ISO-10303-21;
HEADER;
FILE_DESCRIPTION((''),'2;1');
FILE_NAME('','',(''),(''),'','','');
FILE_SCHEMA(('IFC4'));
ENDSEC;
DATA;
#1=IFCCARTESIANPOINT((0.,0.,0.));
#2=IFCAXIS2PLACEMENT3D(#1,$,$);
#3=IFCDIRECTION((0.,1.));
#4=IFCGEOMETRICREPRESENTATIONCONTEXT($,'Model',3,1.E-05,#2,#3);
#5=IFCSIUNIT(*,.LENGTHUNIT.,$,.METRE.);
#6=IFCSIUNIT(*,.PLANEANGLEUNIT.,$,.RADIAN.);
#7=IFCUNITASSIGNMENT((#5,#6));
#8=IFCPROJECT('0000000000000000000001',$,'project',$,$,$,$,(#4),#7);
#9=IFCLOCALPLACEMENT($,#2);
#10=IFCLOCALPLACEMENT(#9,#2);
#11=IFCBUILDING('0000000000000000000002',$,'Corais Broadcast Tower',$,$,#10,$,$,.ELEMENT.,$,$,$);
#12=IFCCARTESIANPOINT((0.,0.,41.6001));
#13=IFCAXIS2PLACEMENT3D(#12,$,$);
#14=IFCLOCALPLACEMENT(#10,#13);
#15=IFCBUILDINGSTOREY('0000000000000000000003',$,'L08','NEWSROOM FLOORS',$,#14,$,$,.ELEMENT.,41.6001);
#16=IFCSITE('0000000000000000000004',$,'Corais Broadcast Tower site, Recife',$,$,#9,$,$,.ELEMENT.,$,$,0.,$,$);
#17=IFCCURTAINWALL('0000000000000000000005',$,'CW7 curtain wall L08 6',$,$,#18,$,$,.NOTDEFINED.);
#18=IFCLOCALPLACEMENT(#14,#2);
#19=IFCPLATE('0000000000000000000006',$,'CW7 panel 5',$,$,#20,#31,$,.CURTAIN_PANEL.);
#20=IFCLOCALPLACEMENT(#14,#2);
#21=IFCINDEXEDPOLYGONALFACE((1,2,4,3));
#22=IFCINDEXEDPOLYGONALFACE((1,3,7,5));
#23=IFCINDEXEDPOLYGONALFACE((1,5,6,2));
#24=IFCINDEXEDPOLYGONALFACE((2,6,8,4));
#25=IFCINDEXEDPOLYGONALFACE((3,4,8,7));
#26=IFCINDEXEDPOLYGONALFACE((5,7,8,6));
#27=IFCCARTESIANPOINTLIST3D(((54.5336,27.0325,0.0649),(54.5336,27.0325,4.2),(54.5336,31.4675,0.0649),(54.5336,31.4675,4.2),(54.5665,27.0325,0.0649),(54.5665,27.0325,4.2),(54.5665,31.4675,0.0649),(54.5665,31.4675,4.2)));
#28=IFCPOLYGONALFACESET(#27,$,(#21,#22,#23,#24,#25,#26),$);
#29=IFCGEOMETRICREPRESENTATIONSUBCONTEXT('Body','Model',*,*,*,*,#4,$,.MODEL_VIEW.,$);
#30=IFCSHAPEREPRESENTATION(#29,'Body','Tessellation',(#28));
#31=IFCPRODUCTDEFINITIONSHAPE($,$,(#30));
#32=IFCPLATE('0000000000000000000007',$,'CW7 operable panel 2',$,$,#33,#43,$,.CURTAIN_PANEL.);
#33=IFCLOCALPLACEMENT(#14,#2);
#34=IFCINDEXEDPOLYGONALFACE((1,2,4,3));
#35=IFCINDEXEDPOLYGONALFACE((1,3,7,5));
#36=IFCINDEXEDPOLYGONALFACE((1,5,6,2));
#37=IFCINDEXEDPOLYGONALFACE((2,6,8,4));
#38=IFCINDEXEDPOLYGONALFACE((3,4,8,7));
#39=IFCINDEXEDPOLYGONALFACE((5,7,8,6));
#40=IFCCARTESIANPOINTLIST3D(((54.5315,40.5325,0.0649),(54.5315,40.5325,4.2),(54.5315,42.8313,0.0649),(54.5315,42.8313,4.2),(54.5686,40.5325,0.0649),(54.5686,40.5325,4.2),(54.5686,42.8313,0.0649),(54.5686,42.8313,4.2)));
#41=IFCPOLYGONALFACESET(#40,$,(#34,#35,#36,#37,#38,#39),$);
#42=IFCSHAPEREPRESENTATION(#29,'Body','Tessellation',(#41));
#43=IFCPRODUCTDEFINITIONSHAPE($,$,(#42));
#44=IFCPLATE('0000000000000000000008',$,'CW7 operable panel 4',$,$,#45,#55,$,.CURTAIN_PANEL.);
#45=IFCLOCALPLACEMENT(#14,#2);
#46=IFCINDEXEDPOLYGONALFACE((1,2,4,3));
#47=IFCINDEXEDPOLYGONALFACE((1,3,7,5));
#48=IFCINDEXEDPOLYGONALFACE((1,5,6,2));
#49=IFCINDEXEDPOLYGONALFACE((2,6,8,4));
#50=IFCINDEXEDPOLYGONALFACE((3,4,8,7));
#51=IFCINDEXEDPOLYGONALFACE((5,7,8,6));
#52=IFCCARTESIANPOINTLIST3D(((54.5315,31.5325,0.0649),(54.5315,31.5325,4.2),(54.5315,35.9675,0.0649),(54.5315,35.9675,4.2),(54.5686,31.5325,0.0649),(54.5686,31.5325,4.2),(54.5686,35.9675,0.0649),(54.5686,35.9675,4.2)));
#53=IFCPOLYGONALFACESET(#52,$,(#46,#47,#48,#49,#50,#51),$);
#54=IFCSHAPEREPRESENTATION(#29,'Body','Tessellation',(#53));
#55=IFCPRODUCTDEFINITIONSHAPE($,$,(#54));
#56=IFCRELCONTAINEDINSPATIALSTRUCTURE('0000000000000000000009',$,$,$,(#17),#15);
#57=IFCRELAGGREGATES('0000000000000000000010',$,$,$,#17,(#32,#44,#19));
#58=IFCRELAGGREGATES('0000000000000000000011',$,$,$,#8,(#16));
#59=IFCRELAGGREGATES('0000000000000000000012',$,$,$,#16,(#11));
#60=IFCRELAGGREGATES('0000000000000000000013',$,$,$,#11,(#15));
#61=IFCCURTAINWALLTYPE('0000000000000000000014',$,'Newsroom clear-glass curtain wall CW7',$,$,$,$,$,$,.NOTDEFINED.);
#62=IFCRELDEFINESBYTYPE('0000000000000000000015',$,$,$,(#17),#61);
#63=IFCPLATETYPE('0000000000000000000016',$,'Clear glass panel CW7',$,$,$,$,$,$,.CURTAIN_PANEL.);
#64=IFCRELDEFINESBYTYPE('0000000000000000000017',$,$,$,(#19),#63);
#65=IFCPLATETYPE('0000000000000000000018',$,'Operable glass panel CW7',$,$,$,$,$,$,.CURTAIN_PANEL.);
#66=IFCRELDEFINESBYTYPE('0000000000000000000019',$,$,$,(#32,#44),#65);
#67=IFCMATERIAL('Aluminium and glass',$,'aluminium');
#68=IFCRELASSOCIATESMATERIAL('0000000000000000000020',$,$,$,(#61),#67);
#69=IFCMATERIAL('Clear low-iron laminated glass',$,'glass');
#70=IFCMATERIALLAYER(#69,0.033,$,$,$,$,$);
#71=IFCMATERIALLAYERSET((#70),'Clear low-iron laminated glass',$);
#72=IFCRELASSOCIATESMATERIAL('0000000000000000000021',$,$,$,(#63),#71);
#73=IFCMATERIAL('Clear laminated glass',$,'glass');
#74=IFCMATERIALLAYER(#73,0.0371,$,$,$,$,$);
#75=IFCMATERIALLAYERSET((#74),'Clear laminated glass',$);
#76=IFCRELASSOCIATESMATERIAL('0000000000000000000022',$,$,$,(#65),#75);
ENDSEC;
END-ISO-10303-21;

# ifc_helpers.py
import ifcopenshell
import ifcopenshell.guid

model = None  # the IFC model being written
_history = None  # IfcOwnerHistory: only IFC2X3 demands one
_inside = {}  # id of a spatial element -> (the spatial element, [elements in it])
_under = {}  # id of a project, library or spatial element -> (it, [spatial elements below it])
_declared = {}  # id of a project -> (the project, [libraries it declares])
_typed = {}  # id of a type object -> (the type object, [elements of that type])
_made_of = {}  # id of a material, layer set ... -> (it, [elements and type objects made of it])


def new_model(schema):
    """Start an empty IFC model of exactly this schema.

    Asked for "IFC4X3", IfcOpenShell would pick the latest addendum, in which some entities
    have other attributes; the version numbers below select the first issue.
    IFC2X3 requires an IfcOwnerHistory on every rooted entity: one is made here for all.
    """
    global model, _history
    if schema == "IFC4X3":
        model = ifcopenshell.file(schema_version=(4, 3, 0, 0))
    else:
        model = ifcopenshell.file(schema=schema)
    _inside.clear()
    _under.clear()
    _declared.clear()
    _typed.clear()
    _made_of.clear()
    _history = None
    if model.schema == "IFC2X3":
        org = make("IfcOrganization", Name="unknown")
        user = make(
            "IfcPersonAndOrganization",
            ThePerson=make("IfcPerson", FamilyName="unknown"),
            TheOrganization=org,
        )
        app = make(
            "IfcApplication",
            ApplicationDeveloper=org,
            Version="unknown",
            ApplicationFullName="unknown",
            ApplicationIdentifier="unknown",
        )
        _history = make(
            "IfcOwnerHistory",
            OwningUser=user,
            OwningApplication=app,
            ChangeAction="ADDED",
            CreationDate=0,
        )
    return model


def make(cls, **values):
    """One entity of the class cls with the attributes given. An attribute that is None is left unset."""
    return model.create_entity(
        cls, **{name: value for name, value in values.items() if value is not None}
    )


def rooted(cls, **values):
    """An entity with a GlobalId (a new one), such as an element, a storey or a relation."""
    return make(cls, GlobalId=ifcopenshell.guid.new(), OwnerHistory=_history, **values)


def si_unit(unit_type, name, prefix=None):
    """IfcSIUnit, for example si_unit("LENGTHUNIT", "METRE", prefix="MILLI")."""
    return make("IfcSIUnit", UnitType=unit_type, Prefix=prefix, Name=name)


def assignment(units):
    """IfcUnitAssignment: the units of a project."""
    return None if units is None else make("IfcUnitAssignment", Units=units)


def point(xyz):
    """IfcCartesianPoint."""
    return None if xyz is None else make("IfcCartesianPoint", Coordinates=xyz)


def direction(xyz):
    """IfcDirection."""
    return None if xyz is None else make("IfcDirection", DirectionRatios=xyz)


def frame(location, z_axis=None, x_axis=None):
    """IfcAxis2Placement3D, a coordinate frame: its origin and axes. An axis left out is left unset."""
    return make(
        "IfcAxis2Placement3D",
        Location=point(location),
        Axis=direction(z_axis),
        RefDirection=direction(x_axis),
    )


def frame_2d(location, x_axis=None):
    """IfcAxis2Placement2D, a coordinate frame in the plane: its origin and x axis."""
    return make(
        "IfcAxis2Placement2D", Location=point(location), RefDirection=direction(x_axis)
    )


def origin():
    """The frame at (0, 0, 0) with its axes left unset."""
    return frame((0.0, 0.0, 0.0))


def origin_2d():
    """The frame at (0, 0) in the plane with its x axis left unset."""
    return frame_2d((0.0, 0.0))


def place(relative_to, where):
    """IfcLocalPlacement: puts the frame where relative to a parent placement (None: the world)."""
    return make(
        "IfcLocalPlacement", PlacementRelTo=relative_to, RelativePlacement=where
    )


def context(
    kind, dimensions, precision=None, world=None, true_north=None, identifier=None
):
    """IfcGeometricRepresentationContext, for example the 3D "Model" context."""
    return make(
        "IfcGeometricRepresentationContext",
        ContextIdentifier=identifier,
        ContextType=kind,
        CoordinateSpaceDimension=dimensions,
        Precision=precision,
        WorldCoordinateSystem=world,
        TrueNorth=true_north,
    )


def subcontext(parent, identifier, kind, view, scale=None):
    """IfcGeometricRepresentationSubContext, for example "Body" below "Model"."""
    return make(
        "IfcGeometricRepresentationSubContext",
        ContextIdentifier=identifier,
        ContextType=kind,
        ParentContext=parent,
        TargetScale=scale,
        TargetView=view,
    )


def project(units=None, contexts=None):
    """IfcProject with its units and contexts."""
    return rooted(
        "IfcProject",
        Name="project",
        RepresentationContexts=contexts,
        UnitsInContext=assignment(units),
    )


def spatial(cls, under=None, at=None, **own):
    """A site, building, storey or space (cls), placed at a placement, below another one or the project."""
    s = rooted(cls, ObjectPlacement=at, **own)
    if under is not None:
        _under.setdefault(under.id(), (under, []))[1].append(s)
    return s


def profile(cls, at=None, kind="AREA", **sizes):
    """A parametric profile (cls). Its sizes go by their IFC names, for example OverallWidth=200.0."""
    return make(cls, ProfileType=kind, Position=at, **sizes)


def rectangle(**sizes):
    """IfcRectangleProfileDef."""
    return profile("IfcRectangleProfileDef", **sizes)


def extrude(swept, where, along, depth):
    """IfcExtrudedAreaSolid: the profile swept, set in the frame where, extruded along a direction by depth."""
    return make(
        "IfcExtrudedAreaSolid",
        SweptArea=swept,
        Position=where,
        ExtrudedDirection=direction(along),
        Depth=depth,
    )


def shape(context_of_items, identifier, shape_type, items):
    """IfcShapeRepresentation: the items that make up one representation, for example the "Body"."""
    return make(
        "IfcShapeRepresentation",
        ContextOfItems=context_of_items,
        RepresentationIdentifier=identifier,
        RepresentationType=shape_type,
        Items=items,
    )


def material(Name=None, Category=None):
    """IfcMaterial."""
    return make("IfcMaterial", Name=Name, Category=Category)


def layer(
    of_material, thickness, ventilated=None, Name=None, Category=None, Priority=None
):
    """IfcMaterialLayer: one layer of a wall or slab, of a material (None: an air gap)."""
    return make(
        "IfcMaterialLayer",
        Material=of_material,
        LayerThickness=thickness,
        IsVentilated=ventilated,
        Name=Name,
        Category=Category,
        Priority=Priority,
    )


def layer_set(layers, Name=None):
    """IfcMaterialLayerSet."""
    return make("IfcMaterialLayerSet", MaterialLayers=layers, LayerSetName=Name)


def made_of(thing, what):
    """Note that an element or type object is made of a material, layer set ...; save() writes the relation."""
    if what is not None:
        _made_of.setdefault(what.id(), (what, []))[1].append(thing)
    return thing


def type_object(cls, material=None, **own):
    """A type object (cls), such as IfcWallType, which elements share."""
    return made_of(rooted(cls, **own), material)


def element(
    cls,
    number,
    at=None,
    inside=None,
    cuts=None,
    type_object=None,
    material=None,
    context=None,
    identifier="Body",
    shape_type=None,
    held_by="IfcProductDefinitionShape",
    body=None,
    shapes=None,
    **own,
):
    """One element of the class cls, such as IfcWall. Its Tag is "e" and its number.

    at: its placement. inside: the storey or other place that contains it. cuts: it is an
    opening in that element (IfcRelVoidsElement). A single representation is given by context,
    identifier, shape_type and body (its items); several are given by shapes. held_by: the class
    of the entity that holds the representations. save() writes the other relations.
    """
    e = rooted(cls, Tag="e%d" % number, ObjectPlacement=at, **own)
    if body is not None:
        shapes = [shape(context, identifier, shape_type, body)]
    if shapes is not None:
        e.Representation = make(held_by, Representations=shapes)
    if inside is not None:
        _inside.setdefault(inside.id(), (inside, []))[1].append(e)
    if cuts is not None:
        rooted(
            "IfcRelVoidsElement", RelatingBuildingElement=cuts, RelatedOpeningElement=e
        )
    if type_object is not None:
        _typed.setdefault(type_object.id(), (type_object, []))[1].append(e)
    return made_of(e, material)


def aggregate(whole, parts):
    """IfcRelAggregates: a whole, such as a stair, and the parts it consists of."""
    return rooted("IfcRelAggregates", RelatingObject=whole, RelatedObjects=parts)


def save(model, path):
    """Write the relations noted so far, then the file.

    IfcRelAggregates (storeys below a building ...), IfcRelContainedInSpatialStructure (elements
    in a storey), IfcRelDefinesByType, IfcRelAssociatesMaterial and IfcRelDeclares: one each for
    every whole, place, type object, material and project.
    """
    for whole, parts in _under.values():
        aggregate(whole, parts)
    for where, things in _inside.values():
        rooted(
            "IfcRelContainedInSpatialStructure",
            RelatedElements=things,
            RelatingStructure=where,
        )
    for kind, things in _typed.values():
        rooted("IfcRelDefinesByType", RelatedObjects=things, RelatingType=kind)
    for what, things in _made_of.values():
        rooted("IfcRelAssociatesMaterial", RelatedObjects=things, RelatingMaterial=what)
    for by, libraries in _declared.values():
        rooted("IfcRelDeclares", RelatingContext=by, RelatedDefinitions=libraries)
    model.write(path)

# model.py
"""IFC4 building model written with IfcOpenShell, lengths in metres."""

from ifc_helpers import new_model, si_unit, direction, frame, origin, origin_2d, place, context, subcontext, project, spatial, rectangle, extrude, material, layer, layer_set, type_object, element, aggregate, save


model = new_model("IFC4")

# Units and contexts
model_context = context("Model", 3, precision=1e-05, world=origin(), true_north=direction((0.0, 1.0)))
body_context = subcontext(model_context, "Body", "Model", "MODEL_VIEW")
ifc_project = project(units=[si_unit("LENGTHUNIT", "METRE"), si_unit("PLANEANGLEUNIT", "RADIAN")], contexts=[model_context])

# Site, building, storey
site_placement = place(None, origin())
site = spatial("IfcSite", under=ifc_project, at=site_placement, Name="Corais Broadcast Tower site, Recife", CompositionType="ELEMENT", RefElevation=0.0)
building_placement = place(site_placement, origin())
building = spatial("IfcBuilding", under=site, at=building_placement, Name="Corais Broadcast Tower", CompositionType="ELEMENT")
storey_placement = place(building_placement, frame((0.0, 0.0, 41.6001)))
storey = spatial("IfcBuildingStorey", under=building, at=storey_placement, Name="L08", Description="NEWSROOM FLOORS", CompositionType="ELEMENT", Elevation=41.6001)

# Curtain wall
ifc_material_1 = material(Name="Aluminium and glass", Category="aluminium")
curtain_wall_type = type_object("IfcCurtainWallType", Name="Newsroom clear-glass curtain wall CW7", PredefinedType="NOTDEFINED", material=ifc_material_1)
curtain_wall_placement = place(storey_placement, origin())
curtain_wall = element("IfcCurtainWall", 1, at=curtain_wall_placement, inside=storey, type_object=curtain_wall_type, Name="CW7 curtain wall L08 6", PredefinedType="NOTDEFINED")

# Plates
ifc_material_2 = material(Name="Clear low-iron laminated glass", Category="glass")
ifc_layer_1 = layer(ifc_material_2, 0.033)
ifc_layer_set_1 = layer_set([ifc_layer_1], Name="Clear low-iron laminated glass")
plate_type_1 = type_object("IfcPlateType", Name="Clear glass panel CW7", PredefinedType="CURTAIN_PANEL", material=ifc_layer_set_1)
plate_1_placement = place(storey_placement, frame((54.55, 29.25, 0.0649), z_axis=(0.0, 0.0, 1.0), x_axis=(0.0, -1.0, 0.0)))
plate_1 = element("IfcPlate", 2, at=plate_1_placement, type_object=plate_type_1, Name="CW7 panel 5", PredefinedType="CURTAIN_PANEL", context=body_context, shape_type="SweptSolid", body=[
    extrude(rectangle(XDim=4.4351, YDim=0.033, at=origin_2d()), origin(), (0.0, 0.0, 1.0), 4.135),
])
ifc_material_3 = material(Name="Clear laminated glass", Category="glass")
ifc_layer_2 = layer(ifc_material_3, 0.0371)
ifc_layer_set_2 = layer_set([ifc_layer_2], Name="Clear laminated glass")
plate_type_2 = type_object("IfcPlateType", Name="Operable glass panel CW7", PredefinedType="CURTAIN_PANEL", material=ifc_layer_set_2)
plate_2_placement = place(storey_placement, frame((54.55, 41.6819, 0.0649), z_axis=(0.0, 0.0, 1.0), x_axis=(0.0, -1.0, 0.0)))
plate_2 = element("IfcPlate", 3, at=plate_2_placement, type_object=plate_type_2, Name="CW7 operable panel 2", PredefinedType="CURTAIN_PANEL", context=body_context, shape_type="SweptSolid", body=[
    extrude(rectangle(XDim=2.2988, YDim=0.0371, at=origin_2d()), origin(), (0.0, 0.0, 1.0), 4.135),
])
plate_3_placement = place(storey_placement, frame((54.55, 33.75, 0.0649), z_axis=(0.0, 0.0, 1.0), x_axis=(0.0, -1.0, 0.0)))
plate_3 = element("IfcPlate", 4, at=plate_3_placement, type_object=plate_type_2, Name="CW7 operable panel 4", PredefinedType="CURTAIN_PANEL", context=body_context, shape_type="SweptSolid", body=[
    extrude(rectangle(XDim=4.4351, YDim=0.0371, at=origin_2d()), origin(), (0.0, 0.0, 1.0), 4.135),
])
aggregate(curtain_wall, [plate_2, plate_3, plate_1])

save(model, "model.ifc")
